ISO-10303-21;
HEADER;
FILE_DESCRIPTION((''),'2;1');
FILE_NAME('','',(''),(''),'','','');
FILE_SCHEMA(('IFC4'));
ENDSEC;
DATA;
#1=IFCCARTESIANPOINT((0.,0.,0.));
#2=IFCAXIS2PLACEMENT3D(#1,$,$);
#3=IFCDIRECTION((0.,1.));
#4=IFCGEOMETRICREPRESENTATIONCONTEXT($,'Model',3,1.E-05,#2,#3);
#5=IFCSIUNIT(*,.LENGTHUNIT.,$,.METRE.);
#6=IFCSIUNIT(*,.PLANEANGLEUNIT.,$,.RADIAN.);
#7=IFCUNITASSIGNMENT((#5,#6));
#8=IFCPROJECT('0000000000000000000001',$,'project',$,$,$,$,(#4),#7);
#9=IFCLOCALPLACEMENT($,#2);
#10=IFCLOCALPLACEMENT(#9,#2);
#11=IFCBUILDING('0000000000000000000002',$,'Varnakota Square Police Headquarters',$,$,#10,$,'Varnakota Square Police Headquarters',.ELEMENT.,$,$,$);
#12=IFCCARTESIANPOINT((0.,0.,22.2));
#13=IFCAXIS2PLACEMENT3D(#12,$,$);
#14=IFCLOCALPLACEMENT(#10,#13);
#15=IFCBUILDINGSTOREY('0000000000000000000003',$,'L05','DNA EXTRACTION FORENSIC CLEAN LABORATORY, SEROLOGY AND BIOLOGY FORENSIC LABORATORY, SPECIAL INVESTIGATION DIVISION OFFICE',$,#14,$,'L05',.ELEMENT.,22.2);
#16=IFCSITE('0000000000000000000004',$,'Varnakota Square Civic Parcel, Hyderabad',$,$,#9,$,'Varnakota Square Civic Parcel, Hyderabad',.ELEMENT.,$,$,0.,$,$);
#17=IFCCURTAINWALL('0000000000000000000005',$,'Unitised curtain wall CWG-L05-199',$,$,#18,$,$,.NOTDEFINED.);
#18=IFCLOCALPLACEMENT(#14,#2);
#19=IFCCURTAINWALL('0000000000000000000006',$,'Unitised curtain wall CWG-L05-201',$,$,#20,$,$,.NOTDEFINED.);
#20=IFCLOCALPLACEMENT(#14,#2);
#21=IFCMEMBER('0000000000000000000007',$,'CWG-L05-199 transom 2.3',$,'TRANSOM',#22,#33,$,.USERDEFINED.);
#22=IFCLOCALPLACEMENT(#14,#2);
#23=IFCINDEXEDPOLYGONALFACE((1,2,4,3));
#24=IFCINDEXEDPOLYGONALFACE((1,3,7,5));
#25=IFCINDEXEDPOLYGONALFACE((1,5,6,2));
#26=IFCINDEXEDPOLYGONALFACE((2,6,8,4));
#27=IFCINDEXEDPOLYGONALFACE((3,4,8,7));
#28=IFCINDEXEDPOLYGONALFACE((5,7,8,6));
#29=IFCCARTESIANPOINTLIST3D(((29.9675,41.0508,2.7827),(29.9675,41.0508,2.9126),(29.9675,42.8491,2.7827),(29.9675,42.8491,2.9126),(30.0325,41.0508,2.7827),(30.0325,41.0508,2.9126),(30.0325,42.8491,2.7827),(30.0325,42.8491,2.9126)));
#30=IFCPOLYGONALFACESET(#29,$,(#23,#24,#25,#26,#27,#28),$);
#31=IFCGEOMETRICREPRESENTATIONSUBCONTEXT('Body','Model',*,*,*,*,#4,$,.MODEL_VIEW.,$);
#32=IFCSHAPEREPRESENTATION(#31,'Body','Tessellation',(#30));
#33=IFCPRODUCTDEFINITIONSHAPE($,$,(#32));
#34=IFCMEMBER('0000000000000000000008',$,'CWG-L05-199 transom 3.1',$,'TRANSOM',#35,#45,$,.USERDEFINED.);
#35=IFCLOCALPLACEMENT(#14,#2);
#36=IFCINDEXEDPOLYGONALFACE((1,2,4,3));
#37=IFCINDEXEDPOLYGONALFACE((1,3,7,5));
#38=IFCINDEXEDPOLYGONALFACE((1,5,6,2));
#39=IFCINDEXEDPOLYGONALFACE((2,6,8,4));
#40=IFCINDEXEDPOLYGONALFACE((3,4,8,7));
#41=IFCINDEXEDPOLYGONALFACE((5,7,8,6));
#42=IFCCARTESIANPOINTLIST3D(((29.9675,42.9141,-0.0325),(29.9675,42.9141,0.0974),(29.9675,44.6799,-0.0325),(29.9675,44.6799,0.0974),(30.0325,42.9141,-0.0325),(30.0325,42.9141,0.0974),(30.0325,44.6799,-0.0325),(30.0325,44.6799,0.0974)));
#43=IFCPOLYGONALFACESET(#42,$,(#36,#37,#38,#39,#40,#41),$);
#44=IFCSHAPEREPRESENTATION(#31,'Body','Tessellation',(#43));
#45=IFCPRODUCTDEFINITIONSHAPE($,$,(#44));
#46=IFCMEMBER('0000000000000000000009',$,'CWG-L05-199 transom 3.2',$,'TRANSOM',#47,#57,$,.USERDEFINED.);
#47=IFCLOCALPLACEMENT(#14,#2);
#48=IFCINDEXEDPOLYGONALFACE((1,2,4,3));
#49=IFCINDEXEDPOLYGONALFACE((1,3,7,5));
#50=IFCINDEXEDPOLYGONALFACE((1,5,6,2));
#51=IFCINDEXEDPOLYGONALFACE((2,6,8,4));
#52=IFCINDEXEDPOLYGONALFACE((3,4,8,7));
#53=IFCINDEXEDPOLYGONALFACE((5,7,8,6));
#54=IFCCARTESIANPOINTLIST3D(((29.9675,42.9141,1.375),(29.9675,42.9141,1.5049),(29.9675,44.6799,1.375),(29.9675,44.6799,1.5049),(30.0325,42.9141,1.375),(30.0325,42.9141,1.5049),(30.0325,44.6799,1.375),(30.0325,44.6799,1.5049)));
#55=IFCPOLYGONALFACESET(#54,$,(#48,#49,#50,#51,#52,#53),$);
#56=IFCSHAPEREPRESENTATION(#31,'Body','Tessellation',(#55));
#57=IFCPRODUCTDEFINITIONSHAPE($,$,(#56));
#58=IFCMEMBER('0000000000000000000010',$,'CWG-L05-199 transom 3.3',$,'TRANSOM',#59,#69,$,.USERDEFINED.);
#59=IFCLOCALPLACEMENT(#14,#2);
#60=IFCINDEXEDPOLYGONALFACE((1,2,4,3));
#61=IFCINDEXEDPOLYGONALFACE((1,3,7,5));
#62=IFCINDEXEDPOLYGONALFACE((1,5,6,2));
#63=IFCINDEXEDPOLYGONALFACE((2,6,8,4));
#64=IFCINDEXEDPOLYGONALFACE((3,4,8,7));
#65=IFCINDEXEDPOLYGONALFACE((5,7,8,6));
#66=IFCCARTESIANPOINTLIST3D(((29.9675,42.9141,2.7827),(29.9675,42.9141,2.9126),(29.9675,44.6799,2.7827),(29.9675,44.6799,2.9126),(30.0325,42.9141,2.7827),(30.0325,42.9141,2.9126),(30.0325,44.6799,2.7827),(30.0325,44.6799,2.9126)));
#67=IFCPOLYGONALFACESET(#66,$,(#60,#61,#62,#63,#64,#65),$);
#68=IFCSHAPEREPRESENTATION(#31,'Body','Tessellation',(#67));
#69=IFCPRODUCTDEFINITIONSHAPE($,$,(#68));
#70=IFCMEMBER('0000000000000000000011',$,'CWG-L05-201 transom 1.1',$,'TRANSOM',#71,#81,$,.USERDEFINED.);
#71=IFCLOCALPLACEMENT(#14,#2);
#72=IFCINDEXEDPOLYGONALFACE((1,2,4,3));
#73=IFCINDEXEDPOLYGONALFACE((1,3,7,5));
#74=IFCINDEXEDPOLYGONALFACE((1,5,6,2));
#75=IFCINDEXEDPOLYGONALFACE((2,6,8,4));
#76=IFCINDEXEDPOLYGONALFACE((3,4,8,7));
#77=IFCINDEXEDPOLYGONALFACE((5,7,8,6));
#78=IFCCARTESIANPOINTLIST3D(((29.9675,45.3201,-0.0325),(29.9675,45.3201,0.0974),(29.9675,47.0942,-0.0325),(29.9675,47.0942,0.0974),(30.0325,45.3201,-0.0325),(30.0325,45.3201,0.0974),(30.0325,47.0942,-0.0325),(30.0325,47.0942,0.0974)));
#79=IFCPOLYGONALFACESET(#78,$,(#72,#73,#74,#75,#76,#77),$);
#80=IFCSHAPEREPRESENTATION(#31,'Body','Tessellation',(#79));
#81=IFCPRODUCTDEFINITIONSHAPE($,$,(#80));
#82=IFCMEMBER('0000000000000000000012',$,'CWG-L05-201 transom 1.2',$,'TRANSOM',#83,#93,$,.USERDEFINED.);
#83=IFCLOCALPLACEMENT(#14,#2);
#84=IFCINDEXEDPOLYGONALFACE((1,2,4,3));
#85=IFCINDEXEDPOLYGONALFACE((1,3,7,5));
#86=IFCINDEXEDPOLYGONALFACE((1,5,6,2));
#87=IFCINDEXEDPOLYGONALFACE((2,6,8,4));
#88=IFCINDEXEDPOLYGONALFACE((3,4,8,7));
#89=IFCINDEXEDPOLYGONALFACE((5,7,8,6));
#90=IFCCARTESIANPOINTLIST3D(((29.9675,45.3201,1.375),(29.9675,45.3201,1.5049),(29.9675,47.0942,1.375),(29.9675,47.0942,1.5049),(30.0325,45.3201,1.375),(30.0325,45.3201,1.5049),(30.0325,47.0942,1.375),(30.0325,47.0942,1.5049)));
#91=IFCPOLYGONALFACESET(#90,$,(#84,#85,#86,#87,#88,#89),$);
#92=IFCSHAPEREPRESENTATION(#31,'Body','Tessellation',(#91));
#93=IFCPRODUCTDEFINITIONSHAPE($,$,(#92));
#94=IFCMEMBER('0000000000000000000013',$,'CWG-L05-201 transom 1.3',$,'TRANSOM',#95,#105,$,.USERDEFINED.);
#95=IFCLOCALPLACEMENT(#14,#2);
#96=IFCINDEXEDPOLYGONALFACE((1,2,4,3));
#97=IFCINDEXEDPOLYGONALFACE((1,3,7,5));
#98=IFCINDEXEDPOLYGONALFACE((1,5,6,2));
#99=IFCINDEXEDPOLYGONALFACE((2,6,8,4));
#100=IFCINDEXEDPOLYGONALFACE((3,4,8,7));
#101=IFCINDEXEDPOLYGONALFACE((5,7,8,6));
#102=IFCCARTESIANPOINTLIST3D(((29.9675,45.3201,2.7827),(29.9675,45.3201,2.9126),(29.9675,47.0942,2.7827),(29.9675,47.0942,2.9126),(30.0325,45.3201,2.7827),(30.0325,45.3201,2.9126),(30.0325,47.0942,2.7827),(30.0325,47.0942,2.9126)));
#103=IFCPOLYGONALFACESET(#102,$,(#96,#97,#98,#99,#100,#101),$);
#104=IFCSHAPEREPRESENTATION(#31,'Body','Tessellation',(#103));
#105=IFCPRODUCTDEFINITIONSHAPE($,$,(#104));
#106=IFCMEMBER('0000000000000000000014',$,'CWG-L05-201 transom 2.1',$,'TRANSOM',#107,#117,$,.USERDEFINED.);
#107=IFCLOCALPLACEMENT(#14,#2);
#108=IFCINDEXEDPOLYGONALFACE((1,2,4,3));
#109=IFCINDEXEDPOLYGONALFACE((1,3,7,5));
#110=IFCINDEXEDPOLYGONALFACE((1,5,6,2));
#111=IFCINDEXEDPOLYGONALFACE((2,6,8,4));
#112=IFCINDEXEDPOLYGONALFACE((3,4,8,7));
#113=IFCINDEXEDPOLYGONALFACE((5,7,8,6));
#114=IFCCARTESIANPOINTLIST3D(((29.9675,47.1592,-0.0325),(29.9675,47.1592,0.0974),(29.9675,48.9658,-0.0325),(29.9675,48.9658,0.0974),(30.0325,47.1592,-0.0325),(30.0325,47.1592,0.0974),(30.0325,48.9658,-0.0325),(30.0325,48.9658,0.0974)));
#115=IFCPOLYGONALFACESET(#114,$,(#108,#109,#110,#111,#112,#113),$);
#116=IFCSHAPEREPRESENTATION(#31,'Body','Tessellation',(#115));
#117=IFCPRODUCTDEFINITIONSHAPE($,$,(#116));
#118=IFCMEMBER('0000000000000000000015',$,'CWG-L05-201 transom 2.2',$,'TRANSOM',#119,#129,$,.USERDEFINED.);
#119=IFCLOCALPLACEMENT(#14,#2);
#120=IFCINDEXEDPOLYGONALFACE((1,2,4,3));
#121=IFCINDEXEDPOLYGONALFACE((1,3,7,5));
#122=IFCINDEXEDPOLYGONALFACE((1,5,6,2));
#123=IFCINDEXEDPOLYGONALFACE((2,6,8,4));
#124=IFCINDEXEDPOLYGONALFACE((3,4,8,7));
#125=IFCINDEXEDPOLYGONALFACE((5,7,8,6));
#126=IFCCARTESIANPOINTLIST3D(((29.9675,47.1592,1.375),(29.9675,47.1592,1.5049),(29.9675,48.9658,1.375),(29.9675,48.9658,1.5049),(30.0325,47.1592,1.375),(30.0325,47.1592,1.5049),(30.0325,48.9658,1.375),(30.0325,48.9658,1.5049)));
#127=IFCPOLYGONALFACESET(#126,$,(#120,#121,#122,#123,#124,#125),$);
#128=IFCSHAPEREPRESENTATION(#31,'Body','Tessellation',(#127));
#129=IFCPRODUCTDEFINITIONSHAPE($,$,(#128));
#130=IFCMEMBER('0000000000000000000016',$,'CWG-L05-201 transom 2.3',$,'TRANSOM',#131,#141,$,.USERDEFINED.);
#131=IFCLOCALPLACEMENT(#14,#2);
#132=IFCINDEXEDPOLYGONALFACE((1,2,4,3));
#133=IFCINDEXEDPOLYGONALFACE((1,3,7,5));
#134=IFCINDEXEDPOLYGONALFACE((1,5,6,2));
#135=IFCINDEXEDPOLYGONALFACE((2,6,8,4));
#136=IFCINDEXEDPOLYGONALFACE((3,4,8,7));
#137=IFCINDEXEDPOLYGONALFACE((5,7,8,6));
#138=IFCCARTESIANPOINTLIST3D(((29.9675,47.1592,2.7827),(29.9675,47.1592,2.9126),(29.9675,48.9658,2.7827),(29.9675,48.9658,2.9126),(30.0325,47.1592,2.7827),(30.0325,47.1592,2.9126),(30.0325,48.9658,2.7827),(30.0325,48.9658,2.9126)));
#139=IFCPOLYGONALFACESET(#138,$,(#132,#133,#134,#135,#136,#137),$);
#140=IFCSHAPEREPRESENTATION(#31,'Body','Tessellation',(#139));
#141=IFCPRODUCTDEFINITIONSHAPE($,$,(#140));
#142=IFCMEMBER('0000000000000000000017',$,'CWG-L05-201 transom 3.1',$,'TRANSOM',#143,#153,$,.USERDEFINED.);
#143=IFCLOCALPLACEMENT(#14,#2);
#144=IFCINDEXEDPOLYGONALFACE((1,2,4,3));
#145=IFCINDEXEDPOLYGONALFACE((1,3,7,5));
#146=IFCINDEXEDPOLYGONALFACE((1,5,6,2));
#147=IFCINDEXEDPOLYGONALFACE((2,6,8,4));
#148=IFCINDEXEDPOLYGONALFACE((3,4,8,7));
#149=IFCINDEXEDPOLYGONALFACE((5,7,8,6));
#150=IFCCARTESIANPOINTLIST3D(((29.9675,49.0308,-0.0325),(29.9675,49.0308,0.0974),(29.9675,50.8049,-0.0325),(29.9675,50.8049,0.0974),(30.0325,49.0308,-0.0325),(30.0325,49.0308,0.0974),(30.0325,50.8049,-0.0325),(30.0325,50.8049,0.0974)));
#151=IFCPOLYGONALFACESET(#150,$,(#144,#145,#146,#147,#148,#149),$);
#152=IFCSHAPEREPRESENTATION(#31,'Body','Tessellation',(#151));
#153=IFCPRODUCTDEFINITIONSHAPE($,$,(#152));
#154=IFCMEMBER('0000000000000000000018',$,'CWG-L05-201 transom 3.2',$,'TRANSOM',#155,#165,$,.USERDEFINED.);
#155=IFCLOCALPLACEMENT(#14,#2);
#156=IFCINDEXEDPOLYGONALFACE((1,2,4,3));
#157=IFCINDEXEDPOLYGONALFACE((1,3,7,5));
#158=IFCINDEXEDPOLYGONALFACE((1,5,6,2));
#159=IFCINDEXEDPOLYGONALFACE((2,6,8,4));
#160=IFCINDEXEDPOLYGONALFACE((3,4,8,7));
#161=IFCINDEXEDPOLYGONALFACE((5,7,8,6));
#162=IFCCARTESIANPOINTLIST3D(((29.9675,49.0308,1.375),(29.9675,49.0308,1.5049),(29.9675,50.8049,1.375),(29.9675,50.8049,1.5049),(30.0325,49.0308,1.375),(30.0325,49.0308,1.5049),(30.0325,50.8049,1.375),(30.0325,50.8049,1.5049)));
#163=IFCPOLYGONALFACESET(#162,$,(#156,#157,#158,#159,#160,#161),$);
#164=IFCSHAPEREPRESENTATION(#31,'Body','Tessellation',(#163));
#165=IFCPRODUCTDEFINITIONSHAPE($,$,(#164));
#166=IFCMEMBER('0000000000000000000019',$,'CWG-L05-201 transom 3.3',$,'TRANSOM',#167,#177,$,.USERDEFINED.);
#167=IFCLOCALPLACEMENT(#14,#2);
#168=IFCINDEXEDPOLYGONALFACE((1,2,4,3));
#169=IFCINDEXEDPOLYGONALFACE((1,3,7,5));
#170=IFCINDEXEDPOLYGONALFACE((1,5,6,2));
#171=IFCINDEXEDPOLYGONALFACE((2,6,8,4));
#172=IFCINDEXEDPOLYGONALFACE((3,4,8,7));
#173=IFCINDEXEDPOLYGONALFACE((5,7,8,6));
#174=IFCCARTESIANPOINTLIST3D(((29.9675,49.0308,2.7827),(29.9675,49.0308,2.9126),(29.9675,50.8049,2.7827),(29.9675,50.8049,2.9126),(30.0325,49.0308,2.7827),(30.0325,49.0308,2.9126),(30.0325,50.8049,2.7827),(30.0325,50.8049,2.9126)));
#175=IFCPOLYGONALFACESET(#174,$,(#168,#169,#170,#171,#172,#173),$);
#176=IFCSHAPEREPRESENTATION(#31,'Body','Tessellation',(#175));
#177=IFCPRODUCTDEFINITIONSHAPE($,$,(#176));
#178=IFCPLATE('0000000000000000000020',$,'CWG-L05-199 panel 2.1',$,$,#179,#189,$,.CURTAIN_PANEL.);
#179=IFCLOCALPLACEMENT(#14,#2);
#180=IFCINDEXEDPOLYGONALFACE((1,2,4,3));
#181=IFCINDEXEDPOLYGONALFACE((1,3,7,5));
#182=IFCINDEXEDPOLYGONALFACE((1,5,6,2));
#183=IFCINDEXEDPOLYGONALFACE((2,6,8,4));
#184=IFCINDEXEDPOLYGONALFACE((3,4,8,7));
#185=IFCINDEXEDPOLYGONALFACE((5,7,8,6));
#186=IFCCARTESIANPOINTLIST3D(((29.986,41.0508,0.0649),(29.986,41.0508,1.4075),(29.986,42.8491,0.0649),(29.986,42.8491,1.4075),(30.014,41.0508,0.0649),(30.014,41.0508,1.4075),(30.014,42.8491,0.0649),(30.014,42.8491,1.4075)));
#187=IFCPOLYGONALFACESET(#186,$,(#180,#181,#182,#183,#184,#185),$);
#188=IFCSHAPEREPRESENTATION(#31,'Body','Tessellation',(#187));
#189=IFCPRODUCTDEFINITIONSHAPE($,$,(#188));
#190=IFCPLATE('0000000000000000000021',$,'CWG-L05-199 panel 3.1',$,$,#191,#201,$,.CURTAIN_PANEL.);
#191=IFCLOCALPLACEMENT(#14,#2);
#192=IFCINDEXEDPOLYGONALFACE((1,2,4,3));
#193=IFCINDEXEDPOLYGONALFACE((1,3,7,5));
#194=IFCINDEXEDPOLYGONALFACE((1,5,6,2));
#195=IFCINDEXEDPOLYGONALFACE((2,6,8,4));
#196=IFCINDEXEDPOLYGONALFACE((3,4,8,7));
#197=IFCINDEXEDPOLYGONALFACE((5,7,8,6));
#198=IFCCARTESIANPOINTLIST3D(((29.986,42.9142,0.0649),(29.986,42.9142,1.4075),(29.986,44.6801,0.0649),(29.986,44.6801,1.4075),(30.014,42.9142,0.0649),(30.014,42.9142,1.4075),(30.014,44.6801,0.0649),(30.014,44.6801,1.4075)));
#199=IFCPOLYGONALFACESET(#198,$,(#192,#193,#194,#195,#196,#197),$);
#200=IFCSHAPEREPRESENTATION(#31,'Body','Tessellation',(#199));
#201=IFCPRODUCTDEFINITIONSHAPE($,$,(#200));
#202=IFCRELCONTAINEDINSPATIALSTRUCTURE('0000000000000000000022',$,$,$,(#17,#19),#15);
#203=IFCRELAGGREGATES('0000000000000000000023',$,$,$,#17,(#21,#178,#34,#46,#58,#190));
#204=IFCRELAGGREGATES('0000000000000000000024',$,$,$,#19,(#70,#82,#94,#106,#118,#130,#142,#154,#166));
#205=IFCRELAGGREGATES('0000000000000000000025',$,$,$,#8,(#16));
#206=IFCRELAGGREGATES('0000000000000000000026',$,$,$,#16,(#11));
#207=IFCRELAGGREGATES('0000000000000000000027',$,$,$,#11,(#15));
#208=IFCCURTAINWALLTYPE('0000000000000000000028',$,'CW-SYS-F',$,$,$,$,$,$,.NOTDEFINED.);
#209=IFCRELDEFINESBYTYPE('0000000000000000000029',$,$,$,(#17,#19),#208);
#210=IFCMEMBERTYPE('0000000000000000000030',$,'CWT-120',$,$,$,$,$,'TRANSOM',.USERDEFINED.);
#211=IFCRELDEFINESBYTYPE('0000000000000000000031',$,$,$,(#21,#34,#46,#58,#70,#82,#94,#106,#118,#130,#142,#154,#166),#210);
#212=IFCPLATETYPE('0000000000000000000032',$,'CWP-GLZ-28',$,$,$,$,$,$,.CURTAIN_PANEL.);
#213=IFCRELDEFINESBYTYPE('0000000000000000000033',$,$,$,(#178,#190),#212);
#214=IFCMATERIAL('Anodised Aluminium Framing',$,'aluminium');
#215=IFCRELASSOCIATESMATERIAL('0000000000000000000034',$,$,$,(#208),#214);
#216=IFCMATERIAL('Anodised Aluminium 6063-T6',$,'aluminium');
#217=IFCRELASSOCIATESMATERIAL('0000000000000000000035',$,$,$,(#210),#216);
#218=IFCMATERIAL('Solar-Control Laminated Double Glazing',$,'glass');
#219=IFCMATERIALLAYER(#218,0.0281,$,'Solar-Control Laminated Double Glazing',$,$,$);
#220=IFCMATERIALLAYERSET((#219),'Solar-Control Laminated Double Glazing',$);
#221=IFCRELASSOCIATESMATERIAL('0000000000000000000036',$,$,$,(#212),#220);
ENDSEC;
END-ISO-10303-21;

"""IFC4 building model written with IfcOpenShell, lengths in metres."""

from ifc_helpers import new_model, si_unit, direction, frame, origin, origin_2d, place, context, subcontext, project, spatial, rectangle, extrude, material, layer, layer_set, material_profile, profile_set, type_object, element, aggregate, save


model = new_model("IFC4")

# Units and contexts
model_context = context("Model", 3, precision=1e-05, world=origin(), true_north=direction((0.0, 1.0)))
body_context = subcontext(model_context, "Body", "Model", "MODEL_VIEW")
ifc_project = project(units=[si_unit("LENGTHUNIT", "METRE"), si_unit("PLANEANGLEUNIT", "RADIAN")], contexts=[model_context])

# Site, building, storey
site_placement = place(None, origin())
site = spatial("IfcSite", under=ifc_project, at=site_placement, Name="Varnakota Square Civic Parcel, Hyderabad", LongName="Varnakota Square Civic Parcel, Hyderabad", CompositionType="ELEMENT", RefElevation=0.0)
building_placement = place(site_placement, origin())
building = spatial("IfcBuilding", under=site, at=building_placement, Name="Varnakota Square Police Headquarters", LongName="Varnakota Square Police Headquarters", CompositionType="ELEMENT")
storey_placement = place(building_placement, frame((0.0, 0.0, 22.2)))
storey = spatial("IfcBuildingStorey", under=building, at=storey_placement, Name="L05", Description="DNA EXTRACTION FORENSIC CLEAN LABORATORY, SEROLOGY AND BIOLOGY FORENSIC LABORATORY, SPECIAL INVESTIGATION DIVISION OFFICE", LongName="L05", CompositionType="ELEMENT", Elevation=22.2)

# Curtain walls
ifc_material_1 = material(Name="Anodised Aluminium Framing", Category="aluminium")
curtain_wall_type = type_object("IfcCurtainWallType", Name="CW-SYS-F", PredefinedType="NOTDEFINED", material=ifc_material_1)
curtain_wall_1_placement = place(storey_placement, origin())
curtain_wall_1 = element("IfcCurtainWall", 1, at=curtain_wall_1_placement, inside=storey, type_object=curtain_wall_type, Name="Unitised curtain wall CWG-L05-199", PredefinedType="NOTDEFINED")
ifc_material_2 = material(Name="Anodised Aluminium 6063-T6", Category="aluminium")
curtain_wall_2_placement = place(storey_placement, origin())
curtain_wall_2 = element("IfcCurtainWall", 2, at=curtain_wall_2_placement, inside=storey, type_object=curtain_wall_type, Name="Unitised curtain wall CWG-L05-201", PredefinedType="NOTDEFINED")

# Members
ifc_material_profile_1 = material_profile(ifc_material_2, rectangle(XDim=0.0649, YDim=0.1299, at=origin_2d()), Name="ALU TRANSOM 65x130")
ifc_profile_set_1 = profile_set([ifc_material_profile_1], Name="Anodised Aluminium 6063-T6")
member_type_1 = type_object("IfcMemberType", Name="CWT-120", ElementType="TRANSOM", PredefinedType="USERDEFINED", material=ifc_profile_set_1)
member_1_placement = place(storey_placement, frame((30.0, 41.0508, 2.8477), z_axis=(0.0, 1.0, 0.0), x_axis=(-1.0, 0.0, 0.0)))
member_1 = element("IfcMember", 3, at=member_1_placement, type_object=member_type_1, Name="CWG-L05-199 transom 2.3", ObjectType="TRANSOM", PredefinedType="USERDEFINED", context=body_context, shape_type="SweptSolid", body=[
    extrude(rectangle(XDim=0.0649, YDim=0.1299, at=origin_2d()), origin(), (0.0, 0.0, 1.0), 1.7983),
])
member_2_placement = place(storey_placement, frame((30.0, 42.9141, 0.0325), z_axis=(0.0, 1.0, 0.0), x_axis=(-1.0, 0.0, 0.0)))
member_2 = element("IfcMember", 4, at=member_2_placement, type_object=member_type_1, Name="CWG-L05-199 transom 3.1", ObjectType="TRANSOM", PredefinedType="USERDEFINED", context=body_context, shape_type="SweptSolid", body=[
    extrude(rectangle(XDim=0.0649, YDim=0.1299, at=origin_2d()), origin(), (0.0, 0.0, 1.0), 1.7659),
])
member_3_placement = place(storey_placement, frame((30.0, 42.9141, 1.4399), z_axis=(0.0, 1.0, 0.0), x_axis=(-1.0, 0.0, 0.0)))
member_3 = element("IfcMember", 5, at=member_3_placement, type_object=member_type_1, Name="CWG-L05-199 transom 3.2", ObjectType="TRANSOM", PredefinedType="USERDEFINED", context=body_context, shape_type="SweptSolid", body=[
    extrude(rectangle(XDim=0.0649, YDim=0.1299, at=origin_2d()), origin(), (0.0, 0.0, 1.0), 1.7659),
])
member_4_placement = place(storey_placement, frame((30.0, 42.9141, 2.8477), z_axis=(0.0, 1.0, 0.0), x_axis=(-1.0, 0.0, 0.0)))
member_4 = element("IfcMember", 6, at=member_4_placement, type_object=member_type_1, Name="CWG-L05-199 transom 3.3", ObjectType="TRANSOM", PredefinedType="USERDEFINED", context=body_context, shape_type="SweptSolid", body=[
    extrude(rectangle(XDim=0.0649, YDim=0.1299, at=origin_2d()), origin(), (0.0, 0.0, 1.0), 1.7659),
])
member_5_placement = place(storey_placement, frame((30.0, 45.3201, 0.0325), z_axis=(0.0, 1.0, 0.0), x_axis=(-1.0, 0.0, 0.0)))
member_5 = element("IfcMember", 7, at=member_5_placement, type_object=member_type_1, Name="CWG-L05-201 transom 1.1", ObjectType="TRANSOM", PredefinedType="USERDEFINED", context=body_context, shape_type="SweptSolid", body=[
    extrude(rectangle(XDim=0.0649, YDim=0.1299, at=origin_2d()), origin(), (0.0, 0.0, 1.0), 1.7742),
])
member_6_placement = place(storey_placement, frame((30.0, 45.3201, 1.4399), z_axis=(0.0, 1.0, 0.0), x_axis=(-1.0, 0.0, 0.0)))
member_6 = element("IfcMember", 8, at=member_6_placement, type_object=member_type_1, Name="CWG-L05-201 transom 1.2", ObjectType="TRANSOM", PredefinedType="USERDEFINED", context=body_context, shape_type="SweptSolid", body=[
    extrude(rectangle(XDim=0.0649, YDim=0.1299, at=origin_2d()), origin(), (0.0, 0.0, 1.0), 1.7742),
])
member_7_placement = place(storey_placement, frame((30.0, 45.3201, 2.8477), z_axis=(0.0, 1.0, 0.0), x_axis=(-1.0, 0.0, 0.0)))
member_7 = element("IfcMember", 9, at=member_7_placement, type_object=member_type_1, Name="CWG-L05-201 transom 1.3", ObjectType="TRANSOM", PredefinedType="USERDEFINED", context=body_context, shape_type="SweptSolid", body=[
    extrude(rectangle(XDim=0.0649, YDim=0.1299, at=origin_2d()), origin(), (0.0, 0.0, 1.0), 1.7742),
])
member_8_placement = place(storey_placement, frame((30.0, 47.1592, 0.0325), z_axis=(0.0, 1.0, 0.0), x_axis=(-1.0, 0.0, 0.0)))
member_8 = element("IfcMember", 10, at=member_8_placement, type_object=member_type_1, Name="CWG-L05-201 transom 2.1", ObjectType="TRANSOM", PredefinedType="USERDEFINED", context=body_context, shape_type="SweptSolid", body=[
    extrude(rectangle(XDim=0.0649, YDim=0.1299, at=origin_2d()), origin(), (0.0, 0.0, 1.0), 1.8066),
])
member_9_placement = place(storey_placement, frame((30.0, 47.1592, 1.4399), z_axis=(0.0, 1.0, 0.0), x_axis=(-1.0, 0.0, 0.0)))
member_9 = element("IfcMember", 11, at=member_9_placement, type_object=member_type_1, Name="CWG-L05-201 transom 2.2", ObjectType="TRANSOM", PredefinedType="USERDEFINED", context=body_context, shape_type="SweptSolid", body=[
    extrude(rectangle(XDim=0.0649, YDim=0.1299, at=origin_2d()), origin(), (0.0, 0.0, 1.0), 1.8066),
])
member_10_placement = place(storey_placement, frame((30.0, 47.1592, 2.8477), z_axis=(0.0, 1.0, 0.0), x_axis=(-1.0, 0.0, 0.0)))
member_10 = element("IfcMember", 12, at=member_10_placement, type_object=member_type_1, Name="CWG-L05-201 transom 2.3", ObjectType="TRANSOM", PredefinedType="USERDEFINED", context=body_context, shape_type="SweptSolid", body=[
    extrude(rectangle(XDim=0.0649, YDim=0.1299, at=origin_2d()), origin(), (0.0, 0.0, 1.0), 1.8066),
])
member_11_placement = place(storey_placement, frame((30.0, 49.0308, 0.0325), z_axis=(0.0, 1.0, 0.0), x_axis=(-1.0, 0.0, 0.0)))
member_11 = element("IfcMember", 13, at=member_11_placement, type_object=member_type_1, Name="CWG-L05-201 transom 3.1", ObjectType="TRANSOM", PredefinedType="USERDEFINED", context=body_context, shape_type="SweptSolid", body=[
    extrude(rectangle(XDim=0.0649, YDim=0.1299, at=origin_2d()), origin(), (0.0, 0.0, 1.0), 1.7742),
])
member_12_placement = place(storey_placement, frame((30.0, 49.0308, 1.4399), z_axis=(0.0, 1.0, 0.0), x_axis=(-1.0, 0.0, 0.0)))
member_12 = element("IfcMember", 14, at=member_12_placement, type_object=member_type_1, Name="CWG-L05-201 transom 3.2", ObjectType="TRANSOM", PredefinedType="USERDEFINED", context=body_context, shape_type="SweptSolid", body=[
    extrude(rectangle(XDim=0.0649, YDim=0.1299, at=origin_2d()), origin(), (0.0, 0.0, 1.0), 1.7742),
])
member_13_placement = place(storey_placement, frame((30.0, 49.0308, 2.8477), z_axis=(0.0, 1.0, 0.0), x_axis=(-1.0, 0.0, 0.0)))
member_13 = element("IfcMember", 15, at=member_13_placement, type_object=member_type_1, Name="CWG-L05-201 transom 3.3", ObjectType="TRANSOM", PredefinedType="USERDEFINED", context=body_context, shape_type="SweptSolid", body=[
    extrude(rectangle(XDim=0.0649, YDim=0.1299, at=origin_2d()), origin(), (0.0, 0.0, 1.0), 1.7742),
])

# Plates
ifc_material_3 = material(Name="Solar-Control Laminated Double Glazing", Category="glass")
ifc_layer_1 = layer(ifc_material_3, 0.0281, Name="Solar-Control Laminated Double Glazing")
ifc_layer_set_1 = layer_set([ifc_layer_1], Name="Solar-Control Laminated Double Glazing")
plate_type_1 = type_object("IfcPlateType", Name="CWP-GLZ-28", PredefinedType="CURTAIN_PANEL", material=ifc_layer_set_1)
plate_1_placement = place(storey_placement, frame((30.0, 41.95, 0.0649), z_axis=(0.0, 0.0, 1.0), x_axis=(0.0, 1.0, 0.0)))
plate_1 = element("IfcPlate", 16, at=plate_1_placement, type_object=plate_type_1, Name="CWG-L05-199 panel 2.1", PredefinedType="CURTAIN_PANEL", context=body_context, shape_type="SweptSolid", body=[
    extrude(rectangle(XDim=1.7983, YDim=0.0281, at=origin_2d()), origin(), (0.0, 0.0, 1.0), 1.3425),
])
plate_2_placement = place(storey_placement, frame((30.0, 43.7971, 0.0649), z_axis=(0.0, 0.0, 1.0), x_axis=(0.0, 1.0, 0.0)))
plate_2 = element("IfcPlate", 17, at=plate_2_placement, type_object=plate_type_1, Name="CWG-L05-199 panel 3.1", PredefinedType="CURTAIN_PANEL", context=body_context, shape_type="SweptSolid", body=[
    extrude(rectangle(XDim=1.7659, YDim=0.0281, at=origin_2d()), origin(), (0.0, 0.0, 1.0), 1.3425),
])
aggregate(curtain_wall_1, [member_1, plate_1, member_2, member_3, member_4, plate_2])
aggregate(curtain_wall_2, [member_5, member_6, member_7, member_8, member_9, member_10, member_11, member_12, member_13])

save(model, "model.ifc")
